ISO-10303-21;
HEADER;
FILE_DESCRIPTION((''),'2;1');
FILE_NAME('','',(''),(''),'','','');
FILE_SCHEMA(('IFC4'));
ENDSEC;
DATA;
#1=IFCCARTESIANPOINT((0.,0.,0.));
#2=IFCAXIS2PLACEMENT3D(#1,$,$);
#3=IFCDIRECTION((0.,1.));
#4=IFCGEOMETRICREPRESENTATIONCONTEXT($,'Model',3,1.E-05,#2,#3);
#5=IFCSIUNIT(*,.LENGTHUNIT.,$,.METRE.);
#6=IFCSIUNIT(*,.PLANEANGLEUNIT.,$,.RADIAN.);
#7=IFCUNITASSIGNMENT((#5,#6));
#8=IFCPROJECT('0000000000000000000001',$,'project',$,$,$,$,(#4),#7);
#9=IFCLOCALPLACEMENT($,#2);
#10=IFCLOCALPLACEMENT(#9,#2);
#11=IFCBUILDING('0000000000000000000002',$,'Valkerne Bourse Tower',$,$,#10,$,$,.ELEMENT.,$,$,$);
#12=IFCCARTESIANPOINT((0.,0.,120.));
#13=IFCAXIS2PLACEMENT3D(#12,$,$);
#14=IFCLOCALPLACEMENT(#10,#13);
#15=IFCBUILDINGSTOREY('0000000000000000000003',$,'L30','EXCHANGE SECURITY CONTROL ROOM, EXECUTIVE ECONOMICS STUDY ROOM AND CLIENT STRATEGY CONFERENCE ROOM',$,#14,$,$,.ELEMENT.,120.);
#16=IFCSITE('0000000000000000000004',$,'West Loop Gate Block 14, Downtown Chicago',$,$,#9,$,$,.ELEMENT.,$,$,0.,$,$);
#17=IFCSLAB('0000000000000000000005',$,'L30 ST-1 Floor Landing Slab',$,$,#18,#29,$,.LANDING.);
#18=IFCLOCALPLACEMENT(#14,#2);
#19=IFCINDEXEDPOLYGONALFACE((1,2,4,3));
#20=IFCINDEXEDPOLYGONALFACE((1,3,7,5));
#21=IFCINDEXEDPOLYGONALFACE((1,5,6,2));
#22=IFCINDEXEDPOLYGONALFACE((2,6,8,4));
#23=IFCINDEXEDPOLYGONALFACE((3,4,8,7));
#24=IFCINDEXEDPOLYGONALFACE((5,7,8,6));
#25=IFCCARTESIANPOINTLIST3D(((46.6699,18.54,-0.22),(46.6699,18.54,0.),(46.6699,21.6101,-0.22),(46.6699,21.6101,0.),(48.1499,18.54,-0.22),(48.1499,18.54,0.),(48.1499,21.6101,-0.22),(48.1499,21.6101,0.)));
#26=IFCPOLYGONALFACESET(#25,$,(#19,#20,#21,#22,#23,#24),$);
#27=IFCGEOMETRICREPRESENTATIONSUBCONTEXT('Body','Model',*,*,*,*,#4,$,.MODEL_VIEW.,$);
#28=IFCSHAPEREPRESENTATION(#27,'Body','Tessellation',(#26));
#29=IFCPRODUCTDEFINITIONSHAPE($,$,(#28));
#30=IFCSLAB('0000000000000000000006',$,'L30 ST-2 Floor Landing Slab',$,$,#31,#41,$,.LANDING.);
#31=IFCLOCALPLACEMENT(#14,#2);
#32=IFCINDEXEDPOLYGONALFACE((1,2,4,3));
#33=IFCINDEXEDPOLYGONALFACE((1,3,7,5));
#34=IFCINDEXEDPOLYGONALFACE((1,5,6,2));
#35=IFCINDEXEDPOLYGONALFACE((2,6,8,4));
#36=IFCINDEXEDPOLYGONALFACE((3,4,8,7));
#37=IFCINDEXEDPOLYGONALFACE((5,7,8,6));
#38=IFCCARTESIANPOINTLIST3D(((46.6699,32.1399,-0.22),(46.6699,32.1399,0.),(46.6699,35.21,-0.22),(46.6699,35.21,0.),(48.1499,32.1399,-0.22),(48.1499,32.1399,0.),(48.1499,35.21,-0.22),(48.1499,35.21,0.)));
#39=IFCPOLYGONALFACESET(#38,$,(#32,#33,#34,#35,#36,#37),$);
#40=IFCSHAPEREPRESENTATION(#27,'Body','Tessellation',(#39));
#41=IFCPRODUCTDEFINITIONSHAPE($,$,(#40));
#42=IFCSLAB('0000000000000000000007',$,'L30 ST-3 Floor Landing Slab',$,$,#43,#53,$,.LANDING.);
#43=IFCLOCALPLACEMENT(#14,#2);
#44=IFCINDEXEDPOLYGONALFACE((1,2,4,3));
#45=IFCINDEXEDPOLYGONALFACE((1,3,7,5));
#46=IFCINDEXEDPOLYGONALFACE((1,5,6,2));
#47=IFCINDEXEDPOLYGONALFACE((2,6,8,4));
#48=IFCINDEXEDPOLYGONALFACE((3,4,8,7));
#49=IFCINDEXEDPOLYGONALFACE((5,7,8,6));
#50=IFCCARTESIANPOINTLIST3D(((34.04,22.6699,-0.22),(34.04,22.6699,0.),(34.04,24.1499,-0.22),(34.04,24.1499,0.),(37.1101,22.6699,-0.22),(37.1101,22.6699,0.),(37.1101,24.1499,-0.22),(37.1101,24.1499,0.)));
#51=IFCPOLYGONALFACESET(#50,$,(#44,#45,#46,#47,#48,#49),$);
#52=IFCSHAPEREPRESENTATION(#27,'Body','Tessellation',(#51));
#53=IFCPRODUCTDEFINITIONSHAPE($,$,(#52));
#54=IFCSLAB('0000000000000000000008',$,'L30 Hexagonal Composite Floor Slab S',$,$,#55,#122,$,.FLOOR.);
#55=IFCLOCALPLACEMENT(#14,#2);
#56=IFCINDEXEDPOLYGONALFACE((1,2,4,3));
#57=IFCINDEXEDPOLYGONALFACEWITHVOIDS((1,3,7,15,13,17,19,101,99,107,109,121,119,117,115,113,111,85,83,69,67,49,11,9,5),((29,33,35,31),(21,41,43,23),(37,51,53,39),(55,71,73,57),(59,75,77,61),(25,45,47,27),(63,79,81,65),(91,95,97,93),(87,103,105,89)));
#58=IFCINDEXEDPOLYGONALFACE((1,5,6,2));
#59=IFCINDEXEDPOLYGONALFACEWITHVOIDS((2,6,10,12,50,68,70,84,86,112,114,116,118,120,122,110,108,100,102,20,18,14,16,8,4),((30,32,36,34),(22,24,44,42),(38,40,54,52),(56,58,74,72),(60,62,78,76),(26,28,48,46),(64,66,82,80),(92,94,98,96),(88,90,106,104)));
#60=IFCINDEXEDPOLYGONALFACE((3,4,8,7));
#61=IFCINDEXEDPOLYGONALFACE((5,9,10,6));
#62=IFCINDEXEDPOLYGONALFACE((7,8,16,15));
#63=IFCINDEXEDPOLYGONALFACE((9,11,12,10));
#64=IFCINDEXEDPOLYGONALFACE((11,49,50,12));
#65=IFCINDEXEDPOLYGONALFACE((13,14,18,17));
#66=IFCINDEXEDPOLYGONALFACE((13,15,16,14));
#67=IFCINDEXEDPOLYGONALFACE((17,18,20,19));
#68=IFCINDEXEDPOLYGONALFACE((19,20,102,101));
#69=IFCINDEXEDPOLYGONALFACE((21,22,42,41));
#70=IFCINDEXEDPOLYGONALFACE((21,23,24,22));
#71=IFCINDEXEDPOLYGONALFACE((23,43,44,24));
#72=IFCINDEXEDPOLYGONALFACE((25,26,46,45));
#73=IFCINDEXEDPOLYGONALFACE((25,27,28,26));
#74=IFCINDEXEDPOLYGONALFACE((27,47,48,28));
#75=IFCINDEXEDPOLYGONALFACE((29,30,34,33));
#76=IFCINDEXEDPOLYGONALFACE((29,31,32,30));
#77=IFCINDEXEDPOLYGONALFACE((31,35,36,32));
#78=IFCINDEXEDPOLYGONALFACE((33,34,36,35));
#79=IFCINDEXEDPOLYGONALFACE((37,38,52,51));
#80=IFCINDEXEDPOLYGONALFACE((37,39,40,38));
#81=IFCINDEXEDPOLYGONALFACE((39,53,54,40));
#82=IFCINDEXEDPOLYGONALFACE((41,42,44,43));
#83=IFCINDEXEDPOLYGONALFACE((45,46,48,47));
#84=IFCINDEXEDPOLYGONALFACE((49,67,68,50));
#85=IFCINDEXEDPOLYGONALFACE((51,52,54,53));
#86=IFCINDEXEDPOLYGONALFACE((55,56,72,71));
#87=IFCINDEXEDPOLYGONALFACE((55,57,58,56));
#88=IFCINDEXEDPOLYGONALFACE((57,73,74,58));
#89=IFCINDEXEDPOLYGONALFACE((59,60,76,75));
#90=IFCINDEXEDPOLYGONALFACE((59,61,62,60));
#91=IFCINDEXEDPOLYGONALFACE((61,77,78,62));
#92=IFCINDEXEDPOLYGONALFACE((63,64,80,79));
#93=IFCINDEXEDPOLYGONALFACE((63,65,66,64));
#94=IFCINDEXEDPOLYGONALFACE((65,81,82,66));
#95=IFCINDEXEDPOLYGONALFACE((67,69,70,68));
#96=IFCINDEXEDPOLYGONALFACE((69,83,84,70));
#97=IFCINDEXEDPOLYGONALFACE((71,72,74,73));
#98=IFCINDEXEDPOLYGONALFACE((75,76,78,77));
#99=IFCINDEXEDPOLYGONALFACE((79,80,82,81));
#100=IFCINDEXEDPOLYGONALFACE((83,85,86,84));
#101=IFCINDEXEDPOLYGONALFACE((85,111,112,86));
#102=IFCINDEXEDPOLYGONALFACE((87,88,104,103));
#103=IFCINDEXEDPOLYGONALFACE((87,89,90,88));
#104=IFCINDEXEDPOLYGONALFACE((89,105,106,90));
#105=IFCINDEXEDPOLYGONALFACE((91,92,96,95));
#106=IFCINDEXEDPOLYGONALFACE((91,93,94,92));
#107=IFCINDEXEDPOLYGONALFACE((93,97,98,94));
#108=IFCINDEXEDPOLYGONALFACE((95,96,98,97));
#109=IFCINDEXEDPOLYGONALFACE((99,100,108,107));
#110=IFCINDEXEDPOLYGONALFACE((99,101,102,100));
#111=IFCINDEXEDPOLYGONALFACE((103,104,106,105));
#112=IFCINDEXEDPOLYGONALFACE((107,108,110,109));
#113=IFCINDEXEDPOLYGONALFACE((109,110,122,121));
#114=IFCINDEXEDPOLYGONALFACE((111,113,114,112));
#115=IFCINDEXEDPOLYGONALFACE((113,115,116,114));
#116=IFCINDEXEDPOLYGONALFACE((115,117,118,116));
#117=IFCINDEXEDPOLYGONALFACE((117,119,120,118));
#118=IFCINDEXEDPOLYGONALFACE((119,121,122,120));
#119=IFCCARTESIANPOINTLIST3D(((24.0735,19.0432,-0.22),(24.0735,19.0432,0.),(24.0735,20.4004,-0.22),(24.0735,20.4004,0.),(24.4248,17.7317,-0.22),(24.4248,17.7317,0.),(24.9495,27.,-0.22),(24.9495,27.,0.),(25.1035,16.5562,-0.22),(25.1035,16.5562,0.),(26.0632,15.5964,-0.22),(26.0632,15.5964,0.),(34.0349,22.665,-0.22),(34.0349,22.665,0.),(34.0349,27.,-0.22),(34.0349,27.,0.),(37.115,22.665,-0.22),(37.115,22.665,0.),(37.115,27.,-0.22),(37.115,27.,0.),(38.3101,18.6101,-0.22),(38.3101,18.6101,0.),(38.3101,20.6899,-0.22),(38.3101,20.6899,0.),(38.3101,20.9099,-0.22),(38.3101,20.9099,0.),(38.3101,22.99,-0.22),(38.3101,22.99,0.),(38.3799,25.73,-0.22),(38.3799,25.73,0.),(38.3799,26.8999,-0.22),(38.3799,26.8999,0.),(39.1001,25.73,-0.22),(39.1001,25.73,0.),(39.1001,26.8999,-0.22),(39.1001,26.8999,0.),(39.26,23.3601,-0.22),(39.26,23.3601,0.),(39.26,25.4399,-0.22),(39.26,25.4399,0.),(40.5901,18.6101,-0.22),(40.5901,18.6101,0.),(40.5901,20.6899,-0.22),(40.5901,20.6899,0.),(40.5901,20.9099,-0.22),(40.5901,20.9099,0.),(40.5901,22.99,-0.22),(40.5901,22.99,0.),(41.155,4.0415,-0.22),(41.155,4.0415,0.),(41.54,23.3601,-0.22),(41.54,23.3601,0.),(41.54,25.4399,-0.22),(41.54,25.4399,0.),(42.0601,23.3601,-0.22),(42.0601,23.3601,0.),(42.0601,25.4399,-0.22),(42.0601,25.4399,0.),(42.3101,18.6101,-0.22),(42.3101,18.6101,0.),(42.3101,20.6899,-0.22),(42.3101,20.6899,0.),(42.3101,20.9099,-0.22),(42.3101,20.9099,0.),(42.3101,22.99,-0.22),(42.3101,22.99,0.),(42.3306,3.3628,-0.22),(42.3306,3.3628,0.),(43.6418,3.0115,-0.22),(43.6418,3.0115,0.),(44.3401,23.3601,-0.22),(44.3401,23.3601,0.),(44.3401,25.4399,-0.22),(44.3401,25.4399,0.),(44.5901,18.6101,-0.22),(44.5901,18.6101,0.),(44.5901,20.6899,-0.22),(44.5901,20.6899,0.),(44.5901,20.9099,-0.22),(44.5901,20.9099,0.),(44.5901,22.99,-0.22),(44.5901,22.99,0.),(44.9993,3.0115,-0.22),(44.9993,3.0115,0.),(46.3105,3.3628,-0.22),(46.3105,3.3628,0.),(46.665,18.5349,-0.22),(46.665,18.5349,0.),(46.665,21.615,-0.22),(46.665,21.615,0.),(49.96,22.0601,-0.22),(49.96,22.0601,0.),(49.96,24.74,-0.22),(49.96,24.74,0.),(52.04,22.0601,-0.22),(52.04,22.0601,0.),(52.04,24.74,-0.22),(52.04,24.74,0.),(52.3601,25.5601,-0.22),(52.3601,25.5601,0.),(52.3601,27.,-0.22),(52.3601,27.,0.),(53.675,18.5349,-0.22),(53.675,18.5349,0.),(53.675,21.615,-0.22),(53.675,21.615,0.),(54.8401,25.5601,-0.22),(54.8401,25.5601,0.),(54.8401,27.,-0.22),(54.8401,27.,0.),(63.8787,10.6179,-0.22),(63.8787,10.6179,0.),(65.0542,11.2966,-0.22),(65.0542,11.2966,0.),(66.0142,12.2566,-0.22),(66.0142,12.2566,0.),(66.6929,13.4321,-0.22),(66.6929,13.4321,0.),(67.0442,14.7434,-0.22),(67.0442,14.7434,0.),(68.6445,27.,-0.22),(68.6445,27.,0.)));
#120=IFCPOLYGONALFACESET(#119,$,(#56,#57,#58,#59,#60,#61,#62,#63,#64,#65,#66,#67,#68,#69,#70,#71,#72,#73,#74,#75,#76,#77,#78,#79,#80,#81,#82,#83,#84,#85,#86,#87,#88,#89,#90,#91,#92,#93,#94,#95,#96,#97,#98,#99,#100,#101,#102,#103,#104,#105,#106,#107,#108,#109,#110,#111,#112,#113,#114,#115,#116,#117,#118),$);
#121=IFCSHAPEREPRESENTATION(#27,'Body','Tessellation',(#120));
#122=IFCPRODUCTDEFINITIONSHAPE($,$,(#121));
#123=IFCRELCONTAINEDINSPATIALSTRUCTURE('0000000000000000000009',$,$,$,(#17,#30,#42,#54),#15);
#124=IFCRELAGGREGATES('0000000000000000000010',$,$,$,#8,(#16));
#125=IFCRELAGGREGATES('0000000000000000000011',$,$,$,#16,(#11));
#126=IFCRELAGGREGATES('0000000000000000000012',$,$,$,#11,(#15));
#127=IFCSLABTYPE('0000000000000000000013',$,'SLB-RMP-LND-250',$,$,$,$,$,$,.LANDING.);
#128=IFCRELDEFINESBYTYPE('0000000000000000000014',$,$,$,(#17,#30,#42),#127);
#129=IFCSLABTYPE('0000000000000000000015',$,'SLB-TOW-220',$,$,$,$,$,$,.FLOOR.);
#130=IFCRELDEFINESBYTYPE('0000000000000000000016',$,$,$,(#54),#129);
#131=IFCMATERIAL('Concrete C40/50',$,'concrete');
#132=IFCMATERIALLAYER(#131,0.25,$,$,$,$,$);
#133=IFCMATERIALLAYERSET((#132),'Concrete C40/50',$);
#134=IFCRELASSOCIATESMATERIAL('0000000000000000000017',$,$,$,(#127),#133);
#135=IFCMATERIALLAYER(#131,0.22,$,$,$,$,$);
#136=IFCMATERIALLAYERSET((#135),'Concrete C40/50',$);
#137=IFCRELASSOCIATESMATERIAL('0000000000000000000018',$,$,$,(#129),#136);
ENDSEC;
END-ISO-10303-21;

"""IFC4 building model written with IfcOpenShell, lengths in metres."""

from ifc_helpers import new_model, si_unit, direction, frame, origin, place, context, subcontext, project, spatial, polyline, outline, extrude, material, layer, layer_set, type_object, element, save


model = new_model("IFC4")

# Units and contexts
model_context = context("Model", 3, precision=1e-05, world=origin(), true_north=direction((0.0, 1.0)))
body_context = subcontext(model_context, "Body", "Model", "MODEL_VIEW")
ifc_project = project(units=[si_unit("LENGTHUNIT", "METRE"), si_unit("PLANEANGLEUNIT", "RADIAN")], contexts=[model_context])

# Site, building, storey
site_placement = place(None, origin())
site = spatial("IfcSite", under=ifc_project, at=site_placement, Name="West Loop Gate Block 14, Downtown Chicago", CompositionType="ELEMENT", RefElevation=0.0)
building_placement = place(site_placement, origin())
building = spatial("IfcBuilding", under=site, at=building_placement, Name="Valkerne Bourse Tower", CompositionType="ELEMENT")
storey_placement = place(building_placement, frame((0.0, 0.0, 120.0)))
storey = spatial("IfcBuildingStorey", under=building, at=storey_placement, Name="L30", Description="EXCHANGE SECURITY CONTROL ROOM, EXECUTIVE ECONOMICS STUDY ROOM AND CLIENT STRATEGY CONFERENCE ROOM", CompositionType="ELEMENT", Elevation=120.0)

# Slabs
ifc_material_1 = material(Name="Concrete C40/50", Category="concrete")
ifc_layer_1 = layer(ifc_material_1, 0.25)
ifc_layer_set_1 = layer_set([ifc_layer_1], Name="Concrete C40/50")
slab_type_1 = type_object("IfcSlabType", Name="SLB-RMP-LND-250", PredefinedType="LANDING", material=ifc_layer_set_1)
slab_1_placement = place(storey_placement, frame((0.0, 0.0, -0.22)))
element("IfcSlab", 1, at=slab_1_placement, inside=storey, type_object=slab_type_1, Name="L30 ST-1 Floor Landing Slab", PredefinedType="LANDING", context=body_context, shape_type="SweptSolid", body=[
    extrude(outline(polyline([(46.6699, 18.54), (48.1499, 18.54), (48.1499, 21.6101), (46.6699, 21.6101), (46.6699, 18.54)])), origin(), (0.0, 0.0, 1.0), 0.22),
])
slab_2_placement = place(storey_placement, frame((0.0, 0.0, -0.22)))
element("IfcSlab", 2, at=slab_2_placement, inside=storey, type_object=slab_type_1, Name="L30 ST-2 Floor Landing Slab", PredefinedType="LANDING", context=body_context, shape_type="SweptSolid", body=[
    extrude(outline(polyline([(46.6699, 32.1399), (48.1499, 32.1399), (48.1499, 35.21), (46.6699, 35.21), (46.6699, 32.1399)])), origin(), (0.0, 0.0, 1.0), 0.22),
])
slab_3_placement = place(storey_placement, frame((0.0, 0.0, -0.22)))
element("IfcSlab", 3, at=slab_3_placement, inside=storey, type_object=slab_type_1, Name="L30 ST-3 Floor Landing Slab", PredefinedType="LANDING", context=body_context, shape_type="SweptSolid", body=[
    extrude(outline(polyline([(37.1101, 22.6699), (37.1101, 24.1499), (34.04, 24.1499), (34.04, 22.6699), (37.1101, 22.6699)])), origin(), (0.0, 0.0, 1.0), 0.22),
])
ifc_layer_2 = layer(ifc_material_1, 0.22)
ifc_layer_set_2 = layer_set([ifc_layer_2], Name="Concrete C40/50")
slab_type_2 = type_object("IfcSlabType", Name="SLB-TOW-220", PredefinedType="FLOOR", material=ifc_layer_set_2)
slab_4_placement = place(storey_placement, frame((0.0, 0.0, -0.22)))
element("IfcSlab", 4, at=slab_4_placement, inside=storey, type_object=slab_type_2, Name="L30 Hexagonal Composite Floor Slab S", PredefinedType="FLOOR", context=body_context, shape_type="SweptSolid", body=[
    extrude(outline(polyline([(66.6929, 13.4321), (66.0142, 12.2566), (65.0542, 11.2966), (63.8787, 10.6179), (46.3105, 3.3628), (44.9993, 3.0115), (43.6418, 3.0115), (42.3306, 3.3628), (41.155, 4.0415), (26.0632, 15.5964), (25.1035, 16.5562), (24.4248, 17.7317), (24.0735, 19.0432), (24.0735, 20.4004), (24.9495, 27.0), (34.0349, 27.0), (34.0349, 22.665), (37.115, 22.665), (37.115, 27.0), (52.3601, 27.0), (52.3601, 25.5601), (54.8401, 25.5601), (54.8401, 27.0), (68.6445, 27.0), (67.0442, 14.7434), (66.6929, 13.4321)]), holes=[polyline([(40.5901, 20.6899), (38.3101, 20.6899), (38.3101, 18.6101), (40.5901, 18.6101), (40.5901, 20.6899)]), polyline([(40.5901, 22.99), (38.3101, 22.99), (38.3101, 20.9099), (40.5901, 20.9099), (40.5901, 22.99)]), polyline([(41.54, 25.4399), (39.26, 25.4399), (39.26, 23.3601), (41.54, 23.3601), (41.54, 25.4399)]), polyline([(39.1001, 25.73), (39.1001, 26.8999), (38.3799, 26.8999), (38.3799, 25.73), (39.1001, 25.73)]), polyline([(44.5901, 20.6899), (42.3101, 20.6899), (42.3101, 18.6101), (44.5901, 18.6101), (44.5901, 20.6899)]), polyline([(53.675, 21.615), (46.665, 21.615), (46.665, 18.5349), (53.675, 18.5349), (53.675, 21.615)]), polyline([(44.5901, 22.99), (42.3101, 22.99), (42.3101, 20.9099), (44.5901, 20.9099), (44.5901, 22.99)]), polyline([(52.04, 22.0601), (52.04, 24.74), (49.96, 24.74), (49.96, 22.0601), (52.04, 22.0601)]), polyline([(44.3401, 23.3601), (44.3401, 25.4399), (42.0601, 25.4399), (42.0601, 23.3601), (44.3401, 23.3601)])]), origin(), (0.0, 0.0, 1.0), 0.22),
])

save(model, "model.ifc")
